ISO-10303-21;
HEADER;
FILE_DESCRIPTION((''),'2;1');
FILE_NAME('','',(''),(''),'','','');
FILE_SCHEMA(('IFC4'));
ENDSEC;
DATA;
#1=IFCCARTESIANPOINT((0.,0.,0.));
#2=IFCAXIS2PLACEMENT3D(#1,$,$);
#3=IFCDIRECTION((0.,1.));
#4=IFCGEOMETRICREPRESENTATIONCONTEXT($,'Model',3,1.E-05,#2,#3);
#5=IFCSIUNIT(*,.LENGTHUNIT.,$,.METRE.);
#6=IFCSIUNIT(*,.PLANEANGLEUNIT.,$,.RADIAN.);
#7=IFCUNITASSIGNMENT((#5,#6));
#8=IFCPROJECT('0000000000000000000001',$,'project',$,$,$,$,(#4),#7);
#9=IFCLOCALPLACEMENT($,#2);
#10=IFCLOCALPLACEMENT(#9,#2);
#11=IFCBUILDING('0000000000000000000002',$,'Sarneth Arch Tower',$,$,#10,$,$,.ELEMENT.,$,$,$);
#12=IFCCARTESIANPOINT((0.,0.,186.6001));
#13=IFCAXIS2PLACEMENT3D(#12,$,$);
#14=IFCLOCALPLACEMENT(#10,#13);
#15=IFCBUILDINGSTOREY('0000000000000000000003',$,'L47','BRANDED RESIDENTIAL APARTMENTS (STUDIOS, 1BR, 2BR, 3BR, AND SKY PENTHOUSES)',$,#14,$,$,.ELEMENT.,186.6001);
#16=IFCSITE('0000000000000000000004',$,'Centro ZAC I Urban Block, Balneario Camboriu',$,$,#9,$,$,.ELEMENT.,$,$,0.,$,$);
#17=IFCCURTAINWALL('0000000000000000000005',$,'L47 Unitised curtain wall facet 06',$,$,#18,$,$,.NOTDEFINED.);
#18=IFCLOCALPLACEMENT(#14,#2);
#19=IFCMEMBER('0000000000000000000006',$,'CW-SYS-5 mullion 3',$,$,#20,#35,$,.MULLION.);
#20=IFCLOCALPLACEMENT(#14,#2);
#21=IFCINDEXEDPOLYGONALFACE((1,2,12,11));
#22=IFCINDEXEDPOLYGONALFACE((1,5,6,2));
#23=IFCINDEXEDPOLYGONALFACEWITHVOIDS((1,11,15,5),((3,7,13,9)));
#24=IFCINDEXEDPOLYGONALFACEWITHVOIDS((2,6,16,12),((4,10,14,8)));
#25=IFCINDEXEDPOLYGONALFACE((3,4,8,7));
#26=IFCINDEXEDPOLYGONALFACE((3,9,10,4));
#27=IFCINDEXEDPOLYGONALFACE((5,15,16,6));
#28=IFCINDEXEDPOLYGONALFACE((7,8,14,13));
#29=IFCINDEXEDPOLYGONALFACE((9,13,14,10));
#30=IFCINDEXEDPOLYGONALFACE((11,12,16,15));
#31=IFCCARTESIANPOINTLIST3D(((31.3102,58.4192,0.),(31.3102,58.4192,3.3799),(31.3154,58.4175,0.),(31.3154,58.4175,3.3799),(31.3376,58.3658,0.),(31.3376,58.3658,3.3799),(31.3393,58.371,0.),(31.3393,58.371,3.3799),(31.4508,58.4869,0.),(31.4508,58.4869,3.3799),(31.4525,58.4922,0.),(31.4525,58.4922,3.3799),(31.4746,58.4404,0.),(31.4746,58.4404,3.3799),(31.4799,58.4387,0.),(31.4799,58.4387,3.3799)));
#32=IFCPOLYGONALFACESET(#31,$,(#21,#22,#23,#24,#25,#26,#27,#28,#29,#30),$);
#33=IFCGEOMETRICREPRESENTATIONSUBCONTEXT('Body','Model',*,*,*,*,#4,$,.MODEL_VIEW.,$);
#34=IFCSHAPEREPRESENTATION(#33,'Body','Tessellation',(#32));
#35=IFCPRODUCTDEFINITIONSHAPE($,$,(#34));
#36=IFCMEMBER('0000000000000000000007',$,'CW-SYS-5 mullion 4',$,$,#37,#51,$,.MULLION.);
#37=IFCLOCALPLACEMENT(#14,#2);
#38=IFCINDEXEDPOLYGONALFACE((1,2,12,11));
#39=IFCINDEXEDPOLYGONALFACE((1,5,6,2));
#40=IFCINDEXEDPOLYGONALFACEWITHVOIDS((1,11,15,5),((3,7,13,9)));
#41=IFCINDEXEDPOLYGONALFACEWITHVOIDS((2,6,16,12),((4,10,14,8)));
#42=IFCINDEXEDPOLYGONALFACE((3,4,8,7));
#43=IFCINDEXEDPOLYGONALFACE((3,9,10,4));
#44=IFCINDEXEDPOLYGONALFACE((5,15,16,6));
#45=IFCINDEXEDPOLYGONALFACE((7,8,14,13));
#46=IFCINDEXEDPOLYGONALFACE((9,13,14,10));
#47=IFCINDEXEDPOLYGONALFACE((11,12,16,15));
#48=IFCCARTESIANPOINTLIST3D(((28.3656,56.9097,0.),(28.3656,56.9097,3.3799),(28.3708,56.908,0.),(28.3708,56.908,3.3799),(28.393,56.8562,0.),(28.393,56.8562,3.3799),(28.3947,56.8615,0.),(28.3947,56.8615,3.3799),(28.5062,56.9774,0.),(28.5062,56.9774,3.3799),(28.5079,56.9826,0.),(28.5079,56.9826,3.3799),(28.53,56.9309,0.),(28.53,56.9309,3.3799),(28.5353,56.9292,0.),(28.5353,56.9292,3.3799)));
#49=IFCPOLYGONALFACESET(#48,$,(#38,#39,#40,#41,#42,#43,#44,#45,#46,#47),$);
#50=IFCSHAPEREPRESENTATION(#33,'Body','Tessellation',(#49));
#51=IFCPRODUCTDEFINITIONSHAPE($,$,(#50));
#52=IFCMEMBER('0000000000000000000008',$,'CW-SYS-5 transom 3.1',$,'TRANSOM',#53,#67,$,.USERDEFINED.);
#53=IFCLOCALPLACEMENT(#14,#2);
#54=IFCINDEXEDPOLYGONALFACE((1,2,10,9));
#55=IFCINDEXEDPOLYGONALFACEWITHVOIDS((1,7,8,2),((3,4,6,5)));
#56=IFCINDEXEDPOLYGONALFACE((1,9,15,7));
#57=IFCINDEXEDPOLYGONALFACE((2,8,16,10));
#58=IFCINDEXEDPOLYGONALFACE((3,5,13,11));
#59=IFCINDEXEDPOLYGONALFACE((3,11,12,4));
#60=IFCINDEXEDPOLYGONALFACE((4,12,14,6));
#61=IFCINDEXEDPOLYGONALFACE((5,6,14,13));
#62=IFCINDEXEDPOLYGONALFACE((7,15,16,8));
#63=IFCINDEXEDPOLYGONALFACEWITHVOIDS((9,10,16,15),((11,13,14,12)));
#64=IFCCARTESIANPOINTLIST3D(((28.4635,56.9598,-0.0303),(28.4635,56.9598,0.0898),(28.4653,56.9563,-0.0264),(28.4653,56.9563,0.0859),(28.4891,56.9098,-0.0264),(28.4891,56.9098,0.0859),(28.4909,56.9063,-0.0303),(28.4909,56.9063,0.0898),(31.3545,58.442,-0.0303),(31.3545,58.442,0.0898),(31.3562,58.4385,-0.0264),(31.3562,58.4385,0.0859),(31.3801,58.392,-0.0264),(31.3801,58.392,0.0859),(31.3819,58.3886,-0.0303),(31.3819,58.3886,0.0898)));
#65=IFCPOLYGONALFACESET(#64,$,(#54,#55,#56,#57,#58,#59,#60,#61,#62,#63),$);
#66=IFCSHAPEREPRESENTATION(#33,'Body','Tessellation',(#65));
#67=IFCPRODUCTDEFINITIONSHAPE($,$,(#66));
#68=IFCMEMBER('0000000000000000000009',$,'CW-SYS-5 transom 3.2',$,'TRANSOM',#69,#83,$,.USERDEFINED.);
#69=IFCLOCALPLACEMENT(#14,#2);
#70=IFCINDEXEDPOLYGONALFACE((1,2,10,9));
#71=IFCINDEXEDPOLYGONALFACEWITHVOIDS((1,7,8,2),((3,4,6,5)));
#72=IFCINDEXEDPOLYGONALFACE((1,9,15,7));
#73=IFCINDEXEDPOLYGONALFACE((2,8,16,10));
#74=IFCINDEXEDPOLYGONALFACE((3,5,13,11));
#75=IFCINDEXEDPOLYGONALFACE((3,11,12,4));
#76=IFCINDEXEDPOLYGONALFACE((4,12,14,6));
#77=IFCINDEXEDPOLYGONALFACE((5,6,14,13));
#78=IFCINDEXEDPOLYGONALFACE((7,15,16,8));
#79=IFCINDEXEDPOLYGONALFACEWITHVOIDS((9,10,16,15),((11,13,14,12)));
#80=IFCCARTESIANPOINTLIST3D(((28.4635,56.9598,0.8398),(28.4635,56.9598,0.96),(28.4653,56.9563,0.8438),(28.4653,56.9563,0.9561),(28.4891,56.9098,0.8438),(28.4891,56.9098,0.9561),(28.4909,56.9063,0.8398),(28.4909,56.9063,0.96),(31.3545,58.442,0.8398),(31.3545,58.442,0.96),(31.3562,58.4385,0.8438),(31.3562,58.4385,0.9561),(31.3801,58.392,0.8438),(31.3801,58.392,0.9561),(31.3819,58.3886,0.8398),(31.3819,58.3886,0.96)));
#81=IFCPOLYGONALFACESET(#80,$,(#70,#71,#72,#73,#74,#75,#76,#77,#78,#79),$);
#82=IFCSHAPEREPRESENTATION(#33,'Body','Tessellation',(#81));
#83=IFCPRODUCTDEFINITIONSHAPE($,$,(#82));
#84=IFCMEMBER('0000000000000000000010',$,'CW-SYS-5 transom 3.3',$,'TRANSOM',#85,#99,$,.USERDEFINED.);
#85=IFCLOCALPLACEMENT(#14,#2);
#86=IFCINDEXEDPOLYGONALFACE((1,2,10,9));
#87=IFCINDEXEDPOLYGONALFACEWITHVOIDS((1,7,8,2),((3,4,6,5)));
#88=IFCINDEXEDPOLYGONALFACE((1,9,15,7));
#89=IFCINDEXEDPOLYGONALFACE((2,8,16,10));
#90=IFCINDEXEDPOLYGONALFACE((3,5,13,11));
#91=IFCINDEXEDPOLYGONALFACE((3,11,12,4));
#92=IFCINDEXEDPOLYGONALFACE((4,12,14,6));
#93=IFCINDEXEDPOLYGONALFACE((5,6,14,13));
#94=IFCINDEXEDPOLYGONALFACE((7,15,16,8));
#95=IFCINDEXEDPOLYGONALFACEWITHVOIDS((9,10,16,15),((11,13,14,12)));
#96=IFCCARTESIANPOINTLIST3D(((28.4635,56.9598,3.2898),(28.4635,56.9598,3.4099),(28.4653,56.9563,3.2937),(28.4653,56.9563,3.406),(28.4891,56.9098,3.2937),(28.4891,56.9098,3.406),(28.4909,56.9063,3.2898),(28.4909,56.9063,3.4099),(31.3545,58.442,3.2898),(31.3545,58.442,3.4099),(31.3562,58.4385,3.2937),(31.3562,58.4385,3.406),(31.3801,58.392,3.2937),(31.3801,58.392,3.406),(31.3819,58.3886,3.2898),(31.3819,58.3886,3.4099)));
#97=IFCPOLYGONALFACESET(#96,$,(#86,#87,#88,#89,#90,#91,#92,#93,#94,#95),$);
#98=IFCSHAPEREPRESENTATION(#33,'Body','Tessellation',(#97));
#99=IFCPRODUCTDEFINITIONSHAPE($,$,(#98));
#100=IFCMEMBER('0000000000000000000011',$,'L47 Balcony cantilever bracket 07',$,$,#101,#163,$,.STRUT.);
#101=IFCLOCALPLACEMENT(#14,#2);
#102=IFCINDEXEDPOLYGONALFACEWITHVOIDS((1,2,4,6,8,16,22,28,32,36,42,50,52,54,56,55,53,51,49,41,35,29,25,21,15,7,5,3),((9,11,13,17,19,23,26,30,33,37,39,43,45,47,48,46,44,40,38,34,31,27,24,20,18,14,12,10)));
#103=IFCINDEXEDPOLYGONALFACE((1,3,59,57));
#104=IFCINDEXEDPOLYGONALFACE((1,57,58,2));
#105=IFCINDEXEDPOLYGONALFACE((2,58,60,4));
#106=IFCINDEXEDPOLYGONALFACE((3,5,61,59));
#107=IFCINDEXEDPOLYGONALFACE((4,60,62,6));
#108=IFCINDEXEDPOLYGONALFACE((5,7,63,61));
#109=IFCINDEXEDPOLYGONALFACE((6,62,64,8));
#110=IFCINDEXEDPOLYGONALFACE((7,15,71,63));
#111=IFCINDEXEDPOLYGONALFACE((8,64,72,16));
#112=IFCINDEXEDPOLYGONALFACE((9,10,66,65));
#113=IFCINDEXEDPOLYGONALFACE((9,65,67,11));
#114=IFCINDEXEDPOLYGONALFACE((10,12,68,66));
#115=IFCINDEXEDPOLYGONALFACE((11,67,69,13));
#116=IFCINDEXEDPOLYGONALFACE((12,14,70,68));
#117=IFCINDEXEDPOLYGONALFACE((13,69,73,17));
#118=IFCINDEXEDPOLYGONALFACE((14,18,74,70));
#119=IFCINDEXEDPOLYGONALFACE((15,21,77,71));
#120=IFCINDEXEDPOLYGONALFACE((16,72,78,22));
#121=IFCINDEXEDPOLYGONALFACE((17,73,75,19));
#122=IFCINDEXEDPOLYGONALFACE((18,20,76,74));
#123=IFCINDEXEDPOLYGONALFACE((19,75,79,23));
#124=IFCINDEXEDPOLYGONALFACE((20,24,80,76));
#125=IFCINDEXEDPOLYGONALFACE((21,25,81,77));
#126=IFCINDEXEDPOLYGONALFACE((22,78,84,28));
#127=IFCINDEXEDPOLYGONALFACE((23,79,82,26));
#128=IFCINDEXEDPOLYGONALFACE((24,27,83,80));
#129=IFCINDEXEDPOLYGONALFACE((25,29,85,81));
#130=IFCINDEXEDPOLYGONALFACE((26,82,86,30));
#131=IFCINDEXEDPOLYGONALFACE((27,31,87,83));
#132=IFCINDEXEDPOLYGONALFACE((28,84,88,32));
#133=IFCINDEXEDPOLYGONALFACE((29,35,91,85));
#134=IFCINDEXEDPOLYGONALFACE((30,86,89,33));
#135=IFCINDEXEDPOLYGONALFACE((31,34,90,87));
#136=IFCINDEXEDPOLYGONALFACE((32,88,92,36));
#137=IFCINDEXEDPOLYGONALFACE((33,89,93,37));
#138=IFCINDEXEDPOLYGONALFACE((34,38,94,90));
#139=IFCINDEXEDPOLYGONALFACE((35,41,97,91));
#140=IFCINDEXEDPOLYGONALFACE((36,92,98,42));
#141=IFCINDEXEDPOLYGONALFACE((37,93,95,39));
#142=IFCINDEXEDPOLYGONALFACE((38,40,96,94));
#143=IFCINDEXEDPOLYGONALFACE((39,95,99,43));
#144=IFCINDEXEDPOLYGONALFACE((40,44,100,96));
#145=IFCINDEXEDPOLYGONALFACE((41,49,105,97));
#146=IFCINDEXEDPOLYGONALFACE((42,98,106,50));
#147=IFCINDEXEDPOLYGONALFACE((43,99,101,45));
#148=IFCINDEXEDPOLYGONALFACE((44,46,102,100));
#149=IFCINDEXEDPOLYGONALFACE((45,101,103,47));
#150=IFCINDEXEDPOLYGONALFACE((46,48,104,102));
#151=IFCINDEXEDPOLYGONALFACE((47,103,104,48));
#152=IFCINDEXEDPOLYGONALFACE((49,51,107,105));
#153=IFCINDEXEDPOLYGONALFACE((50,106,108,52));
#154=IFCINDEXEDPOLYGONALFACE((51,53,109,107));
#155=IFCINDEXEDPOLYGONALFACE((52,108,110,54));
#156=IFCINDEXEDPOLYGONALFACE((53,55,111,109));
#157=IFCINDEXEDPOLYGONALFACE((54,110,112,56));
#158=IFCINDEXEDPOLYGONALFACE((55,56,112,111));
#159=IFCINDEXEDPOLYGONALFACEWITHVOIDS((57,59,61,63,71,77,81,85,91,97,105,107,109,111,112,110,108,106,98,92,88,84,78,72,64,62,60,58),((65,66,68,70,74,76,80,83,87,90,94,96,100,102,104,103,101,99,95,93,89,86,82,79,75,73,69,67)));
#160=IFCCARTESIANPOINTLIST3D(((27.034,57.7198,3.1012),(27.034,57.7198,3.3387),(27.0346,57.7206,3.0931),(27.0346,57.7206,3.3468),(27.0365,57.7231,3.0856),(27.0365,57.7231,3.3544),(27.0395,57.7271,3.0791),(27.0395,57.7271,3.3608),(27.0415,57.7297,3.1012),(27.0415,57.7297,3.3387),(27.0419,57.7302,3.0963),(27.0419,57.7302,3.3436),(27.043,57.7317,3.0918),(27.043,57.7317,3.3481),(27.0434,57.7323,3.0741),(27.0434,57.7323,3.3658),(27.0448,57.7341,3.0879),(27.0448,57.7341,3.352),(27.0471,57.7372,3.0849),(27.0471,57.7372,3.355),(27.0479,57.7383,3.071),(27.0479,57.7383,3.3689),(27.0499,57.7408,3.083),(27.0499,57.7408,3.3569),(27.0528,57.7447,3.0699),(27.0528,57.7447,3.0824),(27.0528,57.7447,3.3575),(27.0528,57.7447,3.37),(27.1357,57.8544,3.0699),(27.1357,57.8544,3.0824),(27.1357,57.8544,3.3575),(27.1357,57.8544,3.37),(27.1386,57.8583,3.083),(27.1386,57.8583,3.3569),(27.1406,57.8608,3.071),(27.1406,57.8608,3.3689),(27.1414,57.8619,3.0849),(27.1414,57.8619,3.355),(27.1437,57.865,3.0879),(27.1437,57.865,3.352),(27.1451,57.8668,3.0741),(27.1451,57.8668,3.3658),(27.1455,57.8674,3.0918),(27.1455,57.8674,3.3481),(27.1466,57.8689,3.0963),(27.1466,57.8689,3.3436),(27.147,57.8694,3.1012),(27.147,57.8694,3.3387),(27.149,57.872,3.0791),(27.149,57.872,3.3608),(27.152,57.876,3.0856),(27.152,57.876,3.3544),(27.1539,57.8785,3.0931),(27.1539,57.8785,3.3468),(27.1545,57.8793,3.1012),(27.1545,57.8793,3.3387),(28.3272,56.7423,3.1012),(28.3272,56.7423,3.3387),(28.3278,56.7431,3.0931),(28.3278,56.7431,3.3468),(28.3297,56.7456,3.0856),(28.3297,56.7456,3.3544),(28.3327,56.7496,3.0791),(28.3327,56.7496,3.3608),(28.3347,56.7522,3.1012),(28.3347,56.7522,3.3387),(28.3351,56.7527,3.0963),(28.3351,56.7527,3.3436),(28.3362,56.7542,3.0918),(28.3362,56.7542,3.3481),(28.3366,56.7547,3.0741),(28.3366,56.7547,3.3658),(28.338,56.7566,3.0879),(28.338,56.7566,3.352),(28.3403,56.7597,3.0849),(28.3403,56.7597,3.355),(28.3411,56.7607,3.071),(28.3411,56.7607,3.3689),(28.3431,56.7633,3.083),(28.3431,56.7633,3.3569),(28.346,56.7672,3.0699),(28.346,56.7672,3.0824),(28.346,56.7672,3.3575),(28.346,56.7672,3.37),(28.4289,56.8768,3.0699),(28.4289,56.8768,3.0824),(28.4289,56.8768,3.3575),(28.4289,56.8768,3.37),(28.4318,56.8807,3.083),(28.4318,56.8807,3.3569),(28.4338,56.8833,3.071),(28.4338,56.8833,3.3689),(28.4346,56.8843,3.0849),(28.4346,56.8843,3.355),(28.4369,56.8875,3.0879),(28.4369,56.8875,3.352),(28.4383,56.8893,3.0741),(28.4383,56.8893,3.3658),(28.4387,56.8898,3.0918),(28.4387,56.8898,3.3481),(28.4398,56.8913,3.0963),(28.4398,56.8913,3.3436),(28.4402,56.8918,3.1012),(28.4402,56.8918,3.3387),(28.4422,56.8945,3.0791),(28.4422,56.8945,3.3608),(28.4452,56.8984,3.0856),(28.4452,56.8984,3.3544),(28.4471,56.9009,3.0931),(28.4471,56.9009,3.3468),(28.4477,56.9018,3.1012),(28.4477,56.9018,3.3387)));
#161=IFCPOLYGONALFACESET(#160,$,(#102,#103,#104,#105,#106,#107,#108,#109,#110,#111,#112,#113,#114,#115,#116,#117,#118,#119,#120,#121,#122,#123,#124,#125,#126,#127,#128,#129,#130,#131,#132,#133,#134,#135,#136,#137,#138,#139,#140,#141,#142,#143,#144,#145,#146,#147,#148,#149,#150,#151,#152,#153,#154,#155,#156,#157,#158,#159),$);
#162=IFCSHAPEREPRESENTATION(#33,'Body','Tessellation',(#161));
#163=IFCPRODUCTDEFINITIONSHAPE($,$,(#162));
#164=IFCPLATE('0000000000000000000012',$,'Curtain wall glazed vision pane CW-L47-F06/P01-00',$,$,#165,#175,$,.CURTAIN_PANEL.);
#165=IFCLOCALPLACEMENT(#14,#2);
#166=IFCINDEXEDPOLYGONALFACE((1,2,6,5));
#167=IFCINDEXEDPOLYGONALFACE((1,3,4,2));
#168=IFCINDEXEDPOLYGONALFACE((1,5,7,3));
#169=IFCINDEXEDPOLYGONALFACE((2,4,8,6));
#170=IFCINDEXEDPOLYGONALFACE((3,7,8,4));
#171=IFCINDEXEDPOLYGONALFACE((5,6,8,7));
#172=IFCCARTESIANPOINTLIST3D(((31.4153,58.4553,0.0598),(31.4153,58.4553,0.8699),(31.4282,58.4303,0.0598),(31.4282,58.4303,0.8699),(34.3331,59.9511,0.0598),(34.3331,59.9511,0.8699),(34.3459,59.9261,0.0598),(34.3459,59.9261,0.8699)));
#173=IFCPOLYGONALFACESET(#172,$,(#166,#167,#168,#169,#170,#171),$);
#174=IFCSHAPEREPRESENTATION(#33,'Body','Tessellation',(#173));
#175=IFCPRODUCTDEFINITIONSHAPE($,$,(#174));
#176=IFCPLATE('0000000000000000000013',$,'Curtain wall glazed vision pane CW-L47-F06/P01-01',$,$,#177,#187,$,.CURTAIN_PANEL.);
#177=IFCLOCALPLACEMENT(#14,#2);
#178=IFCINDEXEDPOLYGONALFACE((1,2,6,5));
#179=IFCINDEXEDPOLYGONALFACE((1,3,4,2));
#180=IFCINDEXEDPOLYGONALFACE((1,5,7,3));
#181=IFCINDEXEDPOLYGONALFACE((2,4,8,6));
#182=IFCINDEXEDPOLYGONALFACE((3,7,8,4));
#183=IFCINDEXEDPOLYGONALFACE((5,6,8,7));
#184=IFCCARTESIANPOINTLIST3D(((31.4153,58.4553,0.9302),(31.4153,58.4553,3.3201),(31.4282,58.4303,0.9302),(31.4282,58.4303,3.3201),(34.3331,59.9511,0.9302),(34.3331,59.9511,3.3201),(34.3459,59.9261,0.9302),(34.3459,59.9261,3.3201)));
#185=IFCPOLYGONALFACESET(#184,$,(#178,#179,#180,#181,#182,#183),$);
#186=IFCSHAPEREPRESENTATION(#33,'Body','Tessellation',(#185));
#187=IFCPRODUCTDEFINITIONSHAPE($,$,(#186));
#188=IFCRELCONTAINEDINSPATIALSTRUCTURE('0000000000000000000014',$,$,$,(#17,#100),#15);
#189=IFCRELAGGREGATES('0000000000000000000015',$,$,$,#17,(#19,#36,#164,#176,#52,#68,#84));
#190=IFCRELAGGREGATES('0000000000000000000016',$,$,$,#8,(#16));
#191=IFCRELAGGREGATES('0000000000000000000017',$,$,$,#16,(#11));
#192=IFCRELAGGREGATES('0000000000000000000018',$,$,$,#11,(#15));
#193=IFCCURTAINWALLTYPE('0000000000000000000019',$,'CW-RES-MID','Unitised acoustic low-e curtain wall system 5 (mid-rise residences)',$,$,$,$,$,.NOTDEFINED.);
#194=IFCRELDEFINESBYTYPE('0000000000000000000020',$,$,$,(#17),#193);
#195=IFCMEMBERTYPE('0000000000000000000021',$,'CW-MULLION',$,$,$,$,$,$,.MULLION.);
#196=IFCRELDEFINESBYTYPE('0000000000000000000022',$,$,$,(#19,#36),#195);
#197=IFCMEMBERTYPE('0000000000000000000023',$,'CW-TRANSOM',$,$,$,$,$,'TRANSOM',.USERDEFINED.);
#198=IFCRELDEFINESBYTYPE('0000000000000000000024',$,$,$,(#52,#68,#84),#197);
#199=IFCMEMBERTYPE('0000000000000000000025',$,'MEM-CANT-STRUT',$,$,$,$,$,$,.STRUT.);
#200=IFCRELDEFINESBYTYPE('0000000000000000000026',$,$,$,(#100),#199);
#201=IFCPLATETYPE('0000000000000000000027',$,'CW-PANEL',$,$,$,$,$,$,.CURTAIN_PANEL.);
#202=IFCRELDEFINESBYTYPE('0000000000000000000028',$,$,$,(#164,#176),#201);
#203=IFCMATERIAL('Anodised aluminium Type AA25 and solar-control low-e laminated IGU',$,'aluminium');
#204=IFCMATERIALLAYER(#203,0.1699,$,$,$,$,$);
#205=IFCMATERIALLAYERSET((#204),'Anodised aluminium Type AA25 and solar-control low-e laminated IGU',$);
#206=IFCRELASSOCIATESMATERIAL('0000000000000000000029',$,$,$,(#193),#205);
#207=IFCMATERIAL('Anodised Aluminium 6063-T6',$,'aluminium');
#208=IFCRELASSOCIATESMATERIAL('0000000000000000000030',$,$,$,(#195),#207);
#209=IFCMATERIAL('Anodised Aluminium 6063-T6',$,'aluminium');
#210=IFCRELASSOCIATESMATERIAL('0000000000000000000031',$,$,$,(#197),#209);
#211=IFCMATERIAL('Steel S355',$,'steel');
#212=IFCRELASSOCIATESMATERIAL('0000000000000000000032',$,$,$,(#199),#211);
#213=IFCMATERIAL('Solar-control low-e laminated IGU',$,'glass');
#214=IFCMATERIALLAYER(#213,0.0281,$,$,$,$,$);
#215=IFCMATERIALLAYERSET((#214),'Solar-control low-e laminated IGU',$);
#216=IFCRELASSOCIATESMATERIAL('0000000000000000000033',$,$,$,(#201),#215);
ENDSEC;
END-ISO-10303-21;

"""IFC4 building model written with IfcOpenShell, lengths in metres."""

from ifc_helpers import new_model, si_unit, direction, frame, origin, origin_2d, place, context, subcontext, project, spatial, rectangle, hollow_rectangle, extrude, material, layer, layer_set, material_profile, profile_set, type_object, element, aggregate, save


model = new_model("IFC4")

# Units and contexts
model_context = context("Model", 3, precision=1e-05, world=origin(), true_north=direction((0.0, 1.0)))
body_context = subcontext(model_context, "Body", "Model", "MODEL_VIEW")
ifc_project = project(units=[si_unit("LENGTHUNIT", "METRE"), si_unit("PLANEANGLEUNIT", "RADIAN")], contexts=[model_context])

# Site, building, storey
site_placement = place(None, origin())
site = spatial("IfcSite", under=ifc_project, at=site_placement, Name="Centro ZAC I Urban Block, Balneario Camboriu", CompositionType="ELEMENT", RefElevation=0.0)
building_placement = place(site_placement, origin())
building = spatial("IfcBuilding", under=site, at=building_placement, Name="Sarneth Arch Tower", CompositionType="ELEMENT")
storey_placement = place(building_placement, frame((0.0, 0.0, 186.6001)))
storey = spatial("IfcBuildingStorey", under=building, at=storey_placement, Name="L47", Description="BRANDED RESIDENTIAL APARTMENTS (STUDIOS, 1BR, 2BR, 3BR, AND SKY PENTHOUSES)", CompositionType="ELEMENT", Elevation=186.6001)

# Curtain wall, members
ifc_material_1 = material(Name="Anodised aluminium Type AA25 and solar-control low-e laminated IGU", Category="aluminium")
ifc_layer_1 = layer(ifc_material_1, 0.1699)
ifc_layer_set_1 = layer_set([ifc_layer_1], Name="Anodised aluminium Type AA25 and solar-control low-e laminated IGU")
curtain_wall_type = type_object("IfcCurtainWallType", Name="CW-RES-MID", Description="Unitised acoustic low-e curtain wall system 5 (mid-rise residences)", PredefinedType="NOTDEFINED", material=ifc_layer_set_1)
curtain_wall_placement = place(storey_placement, origin())
curtain_wall = element("IfcCurtainWall", 1, at=curtain_wall_placement, inside=storey, type_object=curtain_wall_type, Name="L47 Unitised curtain wall facet 06", PredefinedType="NOTDEFINED")
ifc_material_2 = material(Name="Anodised Aluminium 6063-T6", Category="aluminium")
ifc_material_profile_1 = material_profile(ifc_material_2, hollow_rectangle(XDim=0.0601, YDim=0.1599, WallThickness=0.0039, at=origin_2d()), Name="AL-MULL-160x60x4")
ifc_profile_set_1 = profile_set([ifc_material_profile_1], Name="Anodised Aluminium 6063-T6")
member_type_1 = type_object("IfcMemberType", Name="CW-MULLION", PredefinedType="MULLION", material=ifc_profile_set_1)
member_1_placement = place(storey_placement, frame((31.395, 58.429, 0.0), z_axis=(0.0, 0.0, 1.0), x_axis=(0.456208, -0.889873, 0.0)))
member_1 = element("IfcMember", 2, at=member_1_placement, type_object=member_type_1, Name="CW-SYS-5 mullion 3", PredefinedType="MULLION", context=body_context, shape_type="SweptSolid", body=[
    extrude(hollow_rectangle(XDim=0.0601, YDim=0.1599, WallThickness=0.0039, at=origin_2d()), origin(), (0.0, 0.0, 1.0), 3.3799),
])
member_2_placement = place(storey_placement, frame((28.4504, 56.9194, 0.0), z_axis=(0.0, 0.0, 1.0), x_axis=(0.456208, -0.889873, 0.0)))
member_2 = element("IfcMember", 3, at=member_2_placement, type_object=member_type_1, Name="CW-SYS-5 mullion 4", PredefinedType="MULLION", context=body_context, shape_type="SweptSolid", body=[
    extrude(hollow_rectangle(XDim=0.0601, YDim=0.1599, WallThickness=0.0039, at=origin_2d()), origin(), (0.0, 0.0, 1.0), 3.3799),
])
ifc_material_3 = material(Name="Anodised Aluminium 6063-T6", Category="aluminium")
ifc_material_profile_2 = material_profile(ifc_material_3, hollow_rectangle(XDim=0.0601, YDim=0.1201, WallThickness=0.0039, at=origin_2d()), Name="AL-TRAN-120x60x4")
ifc_profile_set_2 = profile_set([ifc_material_profile_2], Name="Anodised Aluminium 6063-T6")
member_type_2 = type_object("IfcMemberType", Name="CW-TRANSOM", ElementType="TRANSOM", PredefinedType="USERDEFINED", material=ifc_profile_set_2)
member_3_placement = place(storey_placement, frame((31.3682, 58.4153, 0.0298), z_axis=(-0.889857, -0.456239, 0.0), x_axis=(0.456239, -0.889857, 0.0)))
member_3 = element("IfcMember", 4, at=member_3_placement, type_object=member_type_2, Name="CW-SYS-5 transom 3.1", ObjectType="TRANSOM", PredefinedType="USERDEFINED", context=body_context, shape_type="SweptSolid", body=[
    extrude(hollow_rectangle(XDim=0.0601, YDim=0.1201, WallThickness=0.0039, at=origin_2d()), origin(), (0.0, 0.0, 1.0), 3.2488),
])
member_4_placement = place(storey_placement, frame((31.3682, 58.4153, 0.8999), z_axis=(-0.889857, -0.456239, 0.0), x_axis=(0.456239, -0.889857, 0.0)))
member_4 = element("IfcMember", 5, at=member_4_placement, type_object=member_type_2, Name="CW-SYS-5 transom 3.2", ObjectType="TRANSOM", PredefinedType="USERDEFINED", context=body_context, shape_type="SweptSolid", body=[
    extrude(hollow_rectangle(XDim=0.0601, YDim=0.1201, WallThickness=0.0039, at=origin_2d()), origin(), (0.0, 0.0, 1.0), 3.2488),
])
member_5_placement = place(storey_placement, frame((31.3682, 58.4153, 3.3499), z_axis=(-0.889857, -0.456239, 0.0), x_axis=(0.456239, -0.889857, 0.0)))
member_5 = element("IfcMember", 6, at=member_5_placement, type_object=member_type_2, Name="CW-SYS-5 transom 3.3", ObjectType="TRANSOM", PredefinedType="USERDEFINED", context=body_context, shape_type="SweptSolid", body=[
    extrude(hollow_rectangle(XDim=0.0601, YDim=0.1201, WallThickness=0.0039, at=origin_2d()), origin(), (0.0, 0.0, 1.0), 3.2488),
])

# Member
ifc_material_4 = material(Name="Steel S355", Category="steel")
ifc_material_profile_3 = material_profile(ifc_material_4, hollow_rectangle(XDim=0.2, YDim=0.3, WallThickness=0.0125, InnerFilletRadius=0.0188, OuterFilletRadius=0.0312, at=origin_2d()), Name="RHS300x200x12.5")
ifc_profile_set_3 = profile_set([ifc_material_profile_3], Name="Steel S355")
member_type_3 = type_object("IfcMemberType", Name="MEM-CANT-STRUT", PredefinedType="STRUT", material=ifc_profile_set_3)
member_6_placement = place(storey_placement, frame((28.3875, 56.822, 3.22), z_axis=(-0.797735, 0.603008, 0.0), x_axis=(-0.603008, -0.797735, 0.0)))
element("IfcMember", 7, at=member_6_placement, inside=storey, type_object=member_type_3, Name="L47 Balcony cantilever bracket 07", PredefinedType="STRUT", context=body_context, shape_type="SweptSolid", body=[
    extrude(hollow_rectangle(XDim=0.2, YDim=0.3, WallThickness=0.0125, InnerFilletRadius=0.0188, OuterFilletRadius=0.0312, at=origin_2d()), origin(), (0.0, 0.0, 1.0), 1.6211),
])

# Plates
ifc_material_5 = material(Name="Solar-control low-e laminated IGU", Category="glass")
ifc_layer_2 = layer(ifc_material_5, 0.0281)
ifc_layer_set_2 = layer_set([ifc_layer_2], Name="Solar-control low-e laminated IGU")
plate_type_1 = type_object("IfcPlateType", Name="CW-PANEL", PredefinedType="CURTAIN_PANEL", material=ifc_layer_set_2)
plate_1_placement = place(storey_placement, frame((32.8806, 59.1907, 0.0598), z_axis=(0.0, 0.0, 1.0), x_axis=(-0.889873, -0.456208, 0.0)))
plate_1 = element("IfcPlate", 8, at=plate_1_placement, type_object=plate_type_1, Name="Curtain wall glazed vision pane CW-L47-F06/P01-00", PredefinedType="CURTAIN_PANEL", context=body_context, shape_type="SweptSolid", body=[
    extrude(rectangle(XDim=3.2788, YDim=0.0281, at=origin_2d()), origin(), (0.0, 0.0, 1.0), 0.8101),
])
plate_2_placement = place(storey_placement, frame((32.8806, 59.1907, 0.9302), z_axis=(0.0, 0.0, 1.0), x_axis=(-0.889873, -0.456208, 0.0)))
plate_2 = element("IfcPlate", 9, at=plate_2_placement, type_object=plate_type_1, Name="Curtain wall glazed vision pane CW-L47-F06/P01-01", PredefinedType="CURTAIN_PANEL", context=body_context, shape_type="SweptSolid", body=[
    extrude(rectangle(XDim=3.2788, YDim=0.0281, at=origin_2d()), origin(), (0.0, 0.0, 1.0), 2.3899),
])
aggregate(curtain_wall, [member_1, member_2, plate_1, plate_2, member_3, member_4, member_5])

save(model, "model.ifc")
